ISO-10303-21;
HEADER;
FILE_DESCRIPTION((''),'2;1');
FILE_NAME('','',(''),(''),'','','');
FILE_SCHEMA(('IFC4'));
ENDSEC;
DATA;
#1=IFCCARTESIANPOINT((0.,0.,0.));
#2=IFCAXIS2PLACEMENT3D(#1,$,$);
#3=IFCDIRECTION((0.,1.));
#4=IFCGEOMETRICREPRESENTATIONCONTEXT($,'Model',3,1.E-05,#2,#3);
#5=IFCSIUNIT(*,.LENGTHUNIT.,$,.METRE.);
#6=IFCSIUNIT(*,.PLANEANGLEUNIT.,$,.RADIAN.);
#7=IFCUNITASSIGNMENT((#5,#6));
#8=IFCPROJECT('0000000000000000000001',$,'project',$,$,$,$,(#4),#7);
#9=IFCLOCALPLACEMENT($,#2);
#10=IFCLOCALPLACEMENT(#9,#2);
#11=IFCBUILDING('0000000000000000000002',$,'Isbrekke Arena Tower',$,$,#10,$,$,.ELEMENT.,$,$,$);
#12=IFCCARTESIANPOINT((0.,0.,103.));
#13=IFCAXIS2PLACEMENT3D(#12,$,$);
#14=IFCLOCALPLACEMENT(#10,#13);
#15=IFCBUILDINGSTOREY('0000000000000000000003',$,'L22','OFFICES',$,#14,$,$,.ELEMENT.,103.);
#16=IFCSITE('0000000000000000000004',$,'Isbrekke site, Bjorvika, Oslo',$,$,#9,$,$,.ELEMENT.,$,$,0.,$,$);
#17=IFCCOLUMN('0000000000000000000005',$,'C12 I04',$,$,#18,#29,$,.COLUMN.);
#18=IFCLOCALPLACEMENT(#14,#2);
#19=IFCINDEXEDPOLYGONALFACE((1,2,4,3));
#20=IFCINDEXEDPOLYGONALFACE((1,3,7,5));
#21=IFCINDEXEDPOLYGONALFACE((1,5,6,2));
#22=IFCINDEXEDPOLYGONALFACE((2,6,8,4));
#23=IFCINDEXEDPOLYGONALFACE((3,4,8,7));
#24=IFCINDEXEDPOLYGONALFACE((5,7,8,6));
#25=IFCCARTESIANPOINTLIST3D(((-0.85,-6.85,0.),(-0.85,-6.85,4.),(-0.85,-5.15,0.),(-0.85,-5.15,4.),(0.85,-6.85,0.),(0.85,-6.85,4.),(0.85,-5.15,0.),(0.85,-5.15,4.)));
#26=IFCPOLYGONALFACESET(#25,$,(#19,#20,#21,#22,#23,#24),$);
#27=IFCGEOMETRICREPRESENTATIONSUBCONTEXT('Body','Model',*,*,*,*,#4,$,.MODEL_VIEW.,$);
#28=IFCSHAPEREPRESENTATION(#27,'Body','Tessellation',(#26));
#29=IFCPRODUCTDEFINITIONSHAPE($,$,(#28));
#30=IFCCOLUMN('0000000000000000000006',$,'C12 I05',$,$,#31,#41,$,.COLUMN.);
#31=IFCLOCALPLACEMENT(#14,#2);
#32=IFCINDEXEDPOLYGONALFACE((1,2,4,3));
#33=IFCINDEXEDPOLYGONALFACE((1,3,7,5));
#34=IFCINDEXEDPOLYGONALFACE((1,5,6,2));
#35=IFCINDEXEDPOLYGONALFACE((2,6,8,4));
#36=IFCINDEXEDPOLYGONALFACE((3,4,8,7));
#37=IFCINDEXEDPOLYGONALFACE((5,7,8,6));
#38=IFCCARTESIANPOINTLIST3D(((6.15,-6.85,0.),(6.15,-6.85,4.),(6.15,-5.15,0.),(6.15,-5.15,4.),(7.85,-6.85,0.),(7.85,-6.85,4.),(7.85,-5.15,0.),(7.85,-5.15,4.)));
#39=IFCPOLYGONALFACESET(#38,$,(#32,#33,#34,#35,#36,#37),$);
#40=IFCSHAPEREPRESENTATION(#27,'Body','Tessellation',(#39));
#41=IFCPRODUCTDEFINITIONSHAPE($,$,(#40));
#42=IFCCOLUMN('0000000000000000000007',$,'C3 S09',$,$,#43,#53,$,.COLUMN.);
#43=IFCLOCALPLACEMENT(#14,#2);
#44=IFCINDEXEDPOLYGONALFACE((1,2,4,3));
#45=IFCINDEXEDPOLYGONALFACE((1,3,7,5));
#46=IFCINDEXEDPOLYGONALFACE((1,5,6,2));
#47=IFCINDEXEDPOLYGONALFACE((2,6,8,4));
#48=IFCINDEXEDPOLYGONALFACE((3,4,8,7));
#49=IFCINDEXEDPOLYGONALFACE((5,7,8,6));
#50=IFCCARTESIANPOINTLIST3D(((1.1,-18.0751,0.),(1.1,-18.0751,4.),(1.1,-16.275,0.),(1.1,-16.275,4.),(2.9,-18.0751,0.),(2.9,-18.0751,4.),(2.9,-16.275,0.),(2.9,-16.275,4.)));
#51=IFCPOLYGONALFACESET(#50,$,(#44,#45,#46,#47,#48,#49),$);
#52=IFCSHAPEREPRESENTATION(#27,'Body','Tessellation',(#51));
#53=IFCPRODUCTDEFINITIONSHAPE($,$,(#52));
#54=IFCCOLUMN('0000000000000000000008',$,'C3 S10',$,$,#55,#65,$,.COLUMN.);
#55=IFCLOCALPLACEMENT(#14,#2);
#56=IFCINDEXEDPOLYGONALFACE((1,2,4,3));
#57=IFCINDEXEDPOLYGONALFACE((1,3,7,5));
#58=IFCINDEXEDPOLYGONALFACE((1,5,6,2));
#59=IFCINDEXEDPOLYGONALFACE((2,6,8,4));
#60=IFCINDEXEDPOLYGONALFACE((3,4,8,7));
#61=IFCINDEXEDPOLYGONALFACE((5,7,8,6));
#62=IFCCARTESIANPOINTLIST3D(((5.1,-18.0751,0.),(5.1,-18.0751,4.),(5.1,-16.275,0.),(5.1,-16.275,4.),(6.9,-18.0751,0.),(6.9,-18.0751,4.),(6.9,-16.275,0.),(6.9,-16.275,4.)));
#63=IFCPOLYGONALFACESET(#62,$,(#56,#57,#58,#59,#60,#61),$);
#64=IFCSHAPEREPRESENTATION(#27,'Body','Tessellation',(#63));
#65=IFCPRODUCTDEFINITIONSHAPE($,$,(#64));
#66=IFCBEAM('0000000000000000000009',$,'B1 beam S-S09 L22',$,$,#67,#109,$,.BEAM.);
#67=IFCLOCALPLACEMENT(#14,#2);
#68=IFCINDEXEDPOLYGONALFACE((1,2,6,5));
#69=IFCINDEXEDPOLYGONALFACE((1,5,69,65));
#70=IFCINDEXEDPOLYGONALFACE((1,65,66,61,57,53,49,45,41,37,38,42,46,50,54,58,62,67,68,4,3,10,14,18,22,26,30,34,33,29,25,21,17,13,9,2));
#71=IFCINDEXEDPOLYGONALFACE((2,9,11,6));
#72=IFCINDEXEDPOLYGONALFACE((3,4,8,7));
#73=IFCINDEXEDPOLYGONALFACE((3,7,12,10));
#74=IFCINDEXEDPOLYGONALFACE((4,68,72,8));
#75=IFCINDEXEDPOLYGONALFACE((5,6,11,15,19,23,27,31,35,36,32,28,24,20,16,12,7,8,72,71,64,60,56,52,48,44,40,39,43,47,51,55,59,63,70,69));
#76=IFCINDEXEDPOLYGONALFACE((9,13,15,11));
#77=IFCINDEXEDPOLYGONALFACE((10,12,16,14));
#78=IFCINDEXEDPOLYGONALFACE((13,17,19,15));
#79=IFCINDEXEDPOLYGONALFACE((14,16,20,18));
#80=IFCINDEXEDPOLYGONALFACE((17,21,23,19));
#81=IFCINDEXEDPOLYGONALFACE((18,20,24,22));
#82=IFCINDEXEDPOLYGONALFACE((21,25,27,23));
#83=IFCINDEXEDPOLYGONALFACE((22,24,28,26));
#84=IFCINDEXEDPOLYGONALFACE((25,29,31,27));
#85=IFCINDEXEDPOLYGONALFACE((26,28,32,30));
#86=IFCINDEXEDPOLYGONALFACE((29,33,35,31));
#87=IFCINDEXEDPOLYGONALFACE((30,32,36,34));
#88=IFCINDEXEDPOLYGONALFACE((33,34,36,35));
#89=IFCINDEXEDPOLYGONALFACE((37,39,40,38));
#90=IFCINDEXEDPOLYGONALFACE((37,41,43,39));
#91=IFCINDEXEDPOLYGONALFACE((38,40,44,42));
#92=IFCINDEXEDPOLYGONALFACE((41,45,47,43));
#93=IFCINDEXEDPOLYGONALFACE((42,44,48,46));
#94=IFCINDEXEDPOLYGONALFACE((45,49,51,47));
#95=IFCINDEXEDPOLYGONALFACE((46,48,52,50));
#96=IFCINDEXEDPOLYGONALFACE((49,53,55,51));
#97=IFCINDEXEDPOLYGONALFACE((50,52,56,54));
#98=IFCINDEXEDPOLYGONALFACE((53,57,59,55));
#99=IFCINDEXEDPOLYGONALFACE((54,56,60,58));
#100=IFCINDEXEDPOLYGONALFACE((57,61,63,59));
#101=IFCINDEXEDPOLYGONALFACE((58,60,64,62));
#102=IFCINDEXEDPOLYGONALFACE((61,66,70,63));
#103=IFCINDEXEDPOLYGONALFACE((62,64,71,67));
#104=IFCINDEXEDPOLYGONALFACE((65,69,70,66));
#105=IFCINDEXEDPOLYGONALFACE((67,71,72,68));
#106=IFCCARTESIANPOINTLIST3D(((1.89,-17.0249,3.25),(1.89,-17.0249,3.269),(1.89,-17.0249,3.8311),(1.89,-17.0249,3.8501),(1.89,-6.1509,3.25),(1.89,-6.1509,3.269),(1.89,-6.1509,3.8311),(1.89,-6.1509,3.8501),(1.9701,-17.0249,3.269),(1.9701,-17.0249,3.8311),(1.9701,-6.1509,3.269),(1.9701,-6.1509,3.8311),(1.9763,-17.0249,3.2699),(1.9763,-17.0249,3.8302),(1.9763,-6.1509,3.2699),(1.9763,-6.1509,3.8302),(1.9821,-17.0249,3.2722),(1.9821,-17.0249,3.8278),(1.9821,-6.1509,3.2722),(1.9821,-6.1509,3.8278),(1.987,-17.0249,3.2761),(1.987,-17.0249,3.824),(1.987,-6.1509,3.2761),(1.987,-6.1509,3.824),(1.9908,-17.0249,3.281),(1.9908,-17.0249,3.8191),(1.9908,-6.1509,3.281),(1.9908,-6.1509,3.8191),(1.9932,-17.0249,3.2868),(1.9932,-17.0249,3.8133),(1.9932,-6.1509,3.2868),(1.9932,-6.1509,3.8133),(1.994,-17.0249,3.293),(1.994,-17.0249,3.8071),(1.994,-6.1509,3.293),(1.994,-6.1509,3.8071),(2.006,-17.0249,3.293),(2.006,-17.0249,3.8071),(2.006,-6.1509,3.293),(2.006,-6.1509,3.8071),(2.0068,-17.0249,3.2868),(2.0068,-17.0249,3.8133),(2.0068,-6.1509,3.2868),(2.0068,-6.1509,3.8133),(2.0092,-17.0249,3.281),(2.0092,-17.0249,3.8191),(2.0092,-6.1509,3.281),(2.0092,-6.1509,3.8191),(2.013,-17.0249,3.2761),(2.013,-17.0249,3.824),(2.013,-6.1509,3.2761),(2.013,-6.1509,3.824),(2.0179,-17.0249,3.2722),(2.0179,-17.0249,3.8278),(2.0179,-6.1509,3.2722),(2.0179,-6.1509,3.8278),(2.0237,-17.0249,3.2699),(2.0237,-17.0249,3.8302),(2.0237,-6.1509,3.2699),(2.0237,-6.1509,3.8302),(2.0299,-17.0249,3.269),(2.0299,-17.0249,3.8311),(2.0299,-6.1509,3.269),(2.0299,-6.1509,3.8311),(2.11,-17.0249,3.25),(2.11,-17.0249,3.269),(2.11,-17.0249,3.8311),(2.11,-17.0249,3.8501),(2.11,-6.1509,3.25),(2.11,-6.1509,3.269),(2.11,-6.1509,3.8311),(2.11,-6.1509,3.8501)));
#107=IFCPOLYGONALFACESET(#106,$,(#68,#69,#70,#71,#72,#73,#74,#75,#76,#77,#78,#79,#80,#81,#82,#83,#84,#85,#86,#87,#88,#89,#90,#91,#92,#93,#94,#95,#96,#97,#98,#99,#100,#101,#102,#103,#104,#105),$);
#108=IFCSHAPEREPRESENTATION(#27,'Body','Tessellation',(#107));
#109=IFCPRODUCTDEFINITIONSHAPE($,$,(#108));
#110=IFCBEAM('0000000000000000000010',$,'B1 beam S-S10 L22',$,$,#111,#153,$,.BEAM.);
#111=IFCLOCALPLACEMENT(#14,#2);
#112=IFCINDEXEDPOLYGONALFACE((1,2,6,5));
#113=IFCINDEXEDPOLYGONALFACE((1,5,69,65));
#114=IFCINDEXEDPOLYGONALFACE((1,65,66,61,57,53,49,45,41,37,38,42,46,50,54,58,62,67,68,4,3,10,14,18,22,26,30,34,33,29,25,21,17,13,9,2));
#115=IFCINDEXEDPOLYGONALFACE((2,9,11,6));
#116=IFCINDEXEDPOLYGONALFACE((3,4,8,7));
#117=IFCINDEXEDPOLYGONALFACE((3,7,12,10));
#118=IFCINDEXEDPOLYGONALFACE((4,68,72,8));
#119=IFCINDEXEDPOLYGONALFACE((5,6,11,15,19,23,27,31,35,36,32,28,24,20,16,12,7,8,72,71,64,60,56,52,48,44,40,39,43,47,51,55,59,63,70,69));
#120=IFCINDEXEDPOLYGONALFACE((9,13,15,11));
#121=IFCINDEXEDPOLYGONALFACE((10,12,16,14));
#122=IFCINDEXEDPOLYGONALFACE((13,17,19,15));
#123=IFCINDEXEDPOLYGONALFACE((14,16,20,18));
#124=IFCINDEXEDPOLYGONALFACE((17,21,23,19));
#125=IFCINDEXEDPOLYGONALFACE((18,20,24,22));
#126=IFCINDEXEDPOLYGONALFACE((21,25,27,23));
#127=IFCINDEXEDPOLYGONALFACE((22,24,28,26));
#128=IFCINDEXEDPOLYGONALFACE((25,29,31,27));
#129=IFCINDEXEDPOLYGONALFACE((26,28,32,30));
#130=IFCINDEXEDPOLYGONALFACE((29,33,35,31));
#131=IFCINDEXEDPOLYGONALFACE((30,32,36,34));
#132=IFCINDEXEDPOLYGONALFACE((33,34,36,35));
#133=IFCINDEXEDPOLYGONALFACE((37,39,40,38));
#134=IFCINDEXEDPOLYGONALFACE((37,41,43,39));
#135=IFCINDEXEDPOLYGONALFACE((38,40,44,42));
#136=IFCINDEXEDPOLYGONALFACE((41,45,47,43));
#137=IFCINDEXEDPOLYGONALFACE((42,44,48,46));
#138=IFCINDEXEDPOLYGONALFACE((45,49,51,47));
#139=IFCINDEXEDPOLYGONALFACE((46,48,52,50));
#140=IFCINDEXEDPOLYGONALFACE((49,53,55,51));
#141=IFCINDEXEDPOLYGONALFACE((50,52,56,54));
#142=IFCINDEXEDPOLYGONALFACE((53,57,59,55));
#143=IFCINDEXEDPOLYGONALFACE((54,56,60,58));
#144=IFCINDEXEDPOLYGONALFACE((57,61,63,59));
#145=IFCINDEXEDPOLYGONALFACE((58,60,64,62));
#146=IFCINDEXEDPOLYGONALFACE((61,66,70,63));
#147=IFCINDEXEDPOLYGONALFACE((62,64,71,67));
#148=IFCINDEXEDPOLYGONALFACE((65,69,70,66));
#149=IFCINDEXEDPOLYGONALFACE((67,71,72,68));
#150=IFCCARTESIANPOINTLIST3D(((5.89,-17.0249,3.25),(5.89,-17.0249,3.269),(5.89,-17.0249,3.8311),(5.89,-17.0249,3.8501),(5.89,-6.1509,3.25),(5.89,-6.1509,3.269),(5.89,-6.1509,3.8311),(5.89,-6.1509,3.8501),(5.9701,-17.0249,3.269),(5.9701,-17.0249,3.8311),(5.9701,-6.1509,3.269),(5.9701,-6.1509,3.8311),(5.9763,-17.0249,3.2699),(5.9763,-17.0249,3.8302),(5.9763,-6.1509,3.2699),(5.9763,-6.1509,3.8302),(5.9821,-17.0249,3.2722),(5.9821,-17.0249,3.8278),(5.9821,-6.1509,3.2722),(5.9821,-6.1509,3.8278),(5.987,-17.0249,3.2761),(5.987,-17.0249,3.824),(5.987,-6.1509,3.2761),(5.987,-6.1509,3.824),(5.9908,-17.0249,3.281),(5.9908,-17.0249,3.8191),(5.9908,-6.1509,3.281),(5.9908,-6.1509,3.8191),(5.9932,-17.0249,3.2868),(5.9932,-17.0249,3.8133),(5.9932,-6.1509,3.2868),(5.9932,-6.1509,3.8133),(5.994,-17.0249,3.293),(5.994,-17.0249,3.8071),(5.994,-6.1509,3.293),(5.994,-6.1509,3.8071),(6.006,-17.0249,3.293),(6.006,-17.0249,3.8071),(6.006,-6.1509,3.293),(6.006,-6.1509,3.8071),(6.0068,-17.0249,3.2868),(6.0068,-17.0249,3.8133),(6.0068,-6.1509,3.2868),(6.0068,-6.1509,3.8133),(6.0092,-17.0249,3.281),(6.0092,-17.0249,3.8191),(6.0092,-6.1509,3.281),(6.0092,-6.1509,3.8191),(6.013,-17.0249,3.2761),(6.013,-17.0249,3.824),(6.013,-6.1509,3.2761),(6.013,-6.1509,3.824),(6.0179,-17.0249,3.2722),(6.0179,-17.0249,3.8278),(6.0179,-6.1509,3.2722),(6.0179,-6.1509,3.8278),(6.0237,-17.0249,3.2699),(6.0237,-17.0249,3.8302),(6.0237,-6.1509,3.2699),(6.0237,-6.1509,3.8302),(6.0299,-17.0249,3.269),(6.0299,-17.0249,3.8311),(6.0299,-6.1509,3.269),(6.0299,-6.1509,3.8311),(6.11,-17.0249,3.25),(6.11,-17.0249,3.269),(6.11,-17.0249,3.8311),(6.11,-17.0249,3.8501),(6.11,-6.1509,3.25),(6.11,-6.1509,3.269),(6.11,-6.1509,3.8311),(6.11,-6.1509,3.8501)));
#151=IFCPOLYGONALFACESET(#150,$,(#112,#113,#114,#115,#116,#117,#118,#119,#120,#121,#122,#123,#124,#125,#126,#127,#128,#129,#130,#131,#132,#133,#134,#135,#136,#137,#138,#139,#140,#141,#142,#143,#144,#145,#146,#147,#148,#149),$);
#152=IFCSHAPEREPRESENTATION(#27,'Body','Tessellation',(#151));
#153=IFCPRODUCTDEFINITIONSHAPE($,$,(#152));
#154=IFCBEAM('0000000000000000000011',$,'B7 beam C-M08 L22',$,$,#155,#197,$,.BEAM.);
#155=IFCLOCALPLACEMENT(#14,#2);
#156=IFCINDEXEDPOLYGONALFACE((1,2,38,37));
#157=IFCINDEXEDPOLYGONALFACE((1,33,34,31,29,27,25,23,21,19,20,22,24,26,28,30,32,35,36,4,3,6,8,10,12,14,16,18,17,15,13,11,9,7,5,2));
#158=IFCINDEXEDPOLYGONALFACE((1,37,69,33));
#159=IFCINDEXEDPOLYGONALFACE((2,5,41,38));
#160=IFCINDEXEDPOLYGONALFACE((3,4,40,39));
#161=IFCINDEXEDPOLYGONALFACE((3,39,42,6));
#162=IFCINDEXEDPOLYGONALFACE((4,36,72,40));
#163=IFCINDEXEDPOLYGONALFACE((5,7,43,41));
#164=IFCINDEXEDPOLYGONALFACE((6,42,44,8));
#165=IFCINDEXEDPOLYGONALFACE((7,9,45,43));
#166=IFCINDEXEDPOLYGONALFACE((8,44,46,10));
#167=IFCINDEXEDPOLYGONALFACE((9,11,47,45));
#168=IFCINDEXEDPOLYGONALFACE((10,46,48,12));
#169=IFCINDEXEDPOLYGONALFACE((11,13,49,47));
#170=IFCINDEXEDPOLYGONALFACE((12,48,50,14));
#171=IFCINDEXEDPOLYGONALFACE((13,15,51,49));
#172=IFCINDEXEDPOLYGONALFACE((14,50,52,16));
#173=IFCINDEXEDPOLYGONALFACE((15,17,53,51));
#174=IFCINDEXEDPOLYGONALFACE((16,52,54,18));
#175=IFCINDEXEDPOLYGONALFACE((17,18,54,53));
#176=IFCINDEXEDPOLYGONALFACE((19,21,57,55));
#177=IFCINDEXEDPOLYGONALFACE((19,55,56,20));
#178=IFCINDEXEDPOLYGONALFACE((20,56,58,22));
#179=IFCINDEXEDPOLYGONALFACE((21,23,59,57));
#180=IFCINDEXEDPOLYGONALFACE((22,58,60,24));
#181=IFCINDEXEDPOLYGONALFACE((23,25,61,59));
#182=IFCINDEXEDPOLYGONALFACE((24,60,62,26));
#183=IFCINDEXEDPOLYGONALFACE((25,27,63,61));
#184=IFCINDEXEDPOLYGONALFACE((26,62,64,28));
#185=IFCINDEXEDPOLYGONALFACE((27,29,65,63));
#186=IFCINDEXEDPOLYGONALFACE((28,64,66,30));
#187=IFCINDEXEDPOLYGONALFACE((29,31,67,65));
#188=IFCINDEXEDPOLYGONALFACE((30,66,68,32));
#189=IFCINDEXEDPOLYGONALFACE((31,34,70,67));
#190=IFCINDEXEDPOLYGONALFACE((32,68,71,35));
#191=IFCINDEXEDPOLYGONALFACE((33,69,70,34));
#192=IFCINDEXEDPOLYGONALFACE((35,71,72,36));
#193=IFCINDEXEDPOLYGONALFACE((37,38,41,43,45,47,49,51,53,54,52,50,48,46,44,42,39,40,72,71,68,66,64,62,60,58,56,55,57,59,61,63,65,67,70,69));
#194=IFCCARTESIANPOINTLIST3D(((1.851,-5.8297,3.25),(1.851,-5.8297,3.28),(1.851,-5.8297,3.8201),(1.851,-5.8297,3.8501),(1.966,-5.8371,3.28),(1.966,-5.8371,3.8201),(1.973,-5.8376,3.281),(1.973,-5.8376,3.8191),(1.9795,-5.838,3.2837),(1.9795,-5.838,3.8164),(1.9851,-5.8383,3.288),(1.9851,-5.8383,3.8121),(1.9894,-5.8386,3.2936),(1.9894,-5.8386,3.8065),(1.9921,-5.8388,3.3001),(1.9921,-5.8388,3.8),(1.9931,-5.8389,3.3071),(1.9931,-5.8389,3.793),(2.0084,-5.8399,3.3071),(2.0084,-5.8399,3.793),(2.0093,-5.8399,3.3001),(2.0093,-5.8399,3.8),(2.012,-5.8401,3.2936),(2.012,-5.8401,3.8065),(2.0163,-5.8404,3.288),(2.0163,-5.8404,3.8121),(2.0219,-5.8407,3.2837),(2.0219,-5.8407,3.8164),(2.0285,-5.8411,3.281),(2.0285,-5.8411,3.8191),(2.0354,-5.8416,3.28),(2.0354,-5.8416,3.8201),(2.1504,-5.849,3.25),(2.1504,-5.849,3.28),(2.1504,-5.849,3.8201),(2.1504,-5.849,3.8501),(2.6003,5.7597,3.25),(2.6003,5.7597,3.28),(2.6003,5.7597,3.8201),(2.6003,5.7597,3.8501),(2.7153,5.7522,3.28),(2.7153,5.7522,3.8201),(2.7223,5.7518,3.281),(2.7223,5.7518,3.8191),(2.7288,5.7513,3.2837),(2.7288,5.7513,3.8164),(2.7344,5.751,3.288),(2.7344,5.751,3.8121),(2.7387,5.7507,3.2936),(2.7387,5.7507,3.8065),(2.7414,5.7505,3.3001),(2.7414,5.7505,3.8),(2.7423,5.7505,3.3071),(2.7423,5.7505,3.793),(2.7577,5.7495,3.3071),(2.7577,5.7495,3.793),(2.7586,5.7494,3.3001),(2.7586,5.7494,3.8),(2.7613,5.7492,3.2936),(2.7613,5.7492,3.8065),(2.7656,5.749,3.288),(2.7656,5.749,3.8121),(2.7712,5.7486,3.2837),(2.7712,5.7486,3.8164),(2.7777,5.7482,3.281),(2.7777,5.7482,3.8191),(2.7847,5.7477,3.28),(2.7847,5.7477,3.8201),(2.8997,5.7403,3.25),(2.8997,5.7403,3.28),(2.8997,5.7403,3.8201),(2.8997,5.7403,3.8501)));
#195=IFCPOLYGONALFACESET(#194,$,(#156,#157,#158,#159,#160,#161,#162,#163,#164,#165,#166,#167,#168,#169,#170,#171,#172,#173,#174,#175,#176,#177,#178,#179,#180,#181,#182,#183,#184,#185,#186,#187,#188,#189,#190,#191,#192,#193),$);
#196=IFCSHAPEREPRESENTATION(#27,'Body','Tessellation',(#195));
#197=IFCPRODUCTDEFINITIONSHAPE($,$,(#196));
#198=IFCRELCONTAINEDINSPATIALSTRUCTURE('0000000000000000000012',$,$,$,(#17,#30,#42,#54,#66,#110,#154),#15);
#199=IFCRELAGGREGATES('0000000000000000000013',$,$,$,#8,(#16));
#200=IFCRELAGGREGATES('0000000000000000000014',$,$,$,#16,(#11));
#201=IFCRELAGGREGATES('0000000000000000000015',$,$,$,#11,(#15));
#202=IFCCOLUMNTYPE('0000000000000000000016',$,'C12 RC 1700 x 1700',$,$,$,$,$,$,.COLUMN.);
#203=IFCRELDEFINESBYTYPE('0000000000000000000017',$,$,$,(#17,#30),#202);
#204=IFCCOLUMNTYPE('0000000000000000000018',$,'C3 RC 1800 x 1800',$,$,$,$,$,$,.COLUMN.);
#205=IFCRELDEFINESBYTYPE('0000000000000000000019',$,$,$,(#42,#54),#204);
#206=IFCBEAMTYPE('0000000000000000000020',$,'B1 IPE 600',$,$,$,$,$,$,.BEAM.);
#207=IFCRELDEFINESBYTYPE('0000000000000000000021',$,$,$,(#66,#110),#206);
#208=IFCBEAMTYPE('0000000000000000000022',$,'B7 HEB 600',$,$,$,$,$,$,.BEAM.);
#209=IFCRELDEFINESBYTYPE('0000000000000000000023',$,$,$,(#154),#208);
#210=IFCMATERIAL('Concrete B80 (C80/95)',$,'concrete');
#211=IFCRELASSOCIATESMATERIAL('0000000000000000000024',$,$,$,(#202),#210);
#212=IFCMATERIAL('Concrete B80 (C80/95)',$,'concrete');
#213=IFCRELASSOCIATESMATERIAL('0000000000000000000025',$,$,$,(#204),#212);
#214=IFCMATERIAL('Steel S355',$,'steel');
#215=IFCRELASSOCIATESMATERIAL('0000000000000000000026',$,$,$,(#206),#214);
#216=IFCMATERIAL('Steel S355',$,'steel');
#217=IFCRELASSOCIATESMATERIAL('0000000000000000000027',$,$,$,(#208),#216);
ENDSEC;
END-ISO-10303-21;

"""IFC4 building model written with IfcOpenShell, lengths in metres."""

from ifc_helpers import new_model, si_unit, direction, frame, origin, origin_2d, place, context, subcontext, project, spatial, rectangle, i_section, extrude, material, material_profile, profile_set, type_object, element, save


model = new_model("IFC4")

# Units and contexts
model_context = context("Model", 3, precision=1e-05, world=origin(), true_north=direction((0.0, 1.0)))
body_context = subcontext(model_context, "Body", "Model", "MODEL_VIEW")
ifc_project = project(units=[si_unit("LENGTHUNIT", "METRE"), si_unit("PLANEANGLEUNIT", "RADIAN")], contexts=[model_context])

# Site, building, storey
site_placement = place(None, origin())
site = spatial("IfcSite", under=ifc_project, at=site_placement, Name="Isbrekke site, Bjorvika, Oslo", CompositionType="ELEMENT", RefElevation=0.0)
building_placement = place(site_placement, origin())
building = spatial("IfcBuilding", under=site, at=building_placement, Name="Isbrekke Arena Tower", CompositionType="ELEMENT")
storey_placement = place(building_placement, frame((0.0, 0.0, 103.0)))
storey = spatial("IfcBuildingStorey", under=building, at=storey_placement, Name="L22", Description="OFFICES", CompositionType="ELEMENT", Elevation=103.0)

# Columns
ifc_material_1 = material(Name="Concrete B80 (C80/95)", Category="concrete")
ifc_material_profile_1 = material_profile(ifc_material_1, rectangle(XDim=1.7, YDim=1.7, at=origin_2d()), Name="RC 1700x1700")
ifc_profile_set_1 = profile_set([ifc_material_profile_1], Name="Concrete B80 (C80/95)")
column_type_1 = type_object("IfcColumnType", Name="C12 RC 1700 x 1700", PredefinedType="COLUMN", material=ifc_profile_set_1)
for number, where, z_axis, x_axis, name in (
    (1, (0.0, -6.0, 0.0), (0.0, 0.0, 1.0), (1.0, 0.0, 0.0), "C12 I04"),
    (2, (7.0, -6.0, 0.0), (0.0, 0.0, 1.0), (1.0, 0.0, 0.0), "C12 I05"),
):
    element("IfcColumn", number, at=place(storey_placement, frame(where, z_axis=z_axis, x_axis=x_axis)), inside=storey, type_object=column_type_1, Name=name, PredefinedType="COLUMN", context=body_context, shape_type="SweptSolid", body=[
        extrude(rectangle(XDim=1.7, YDim=1.7, at=origin_2d()), origin(), (0.0, 0.0, 1.0), 4.0),
    ])
ifc_material_2 = material(Name="Concrete B80 (C80/95)", Category="concrete")
ifc_material_profile_2 = material_profile(ifc_material_2, rectangle(XDim=1.8, YDim=1.8, at=origin_2d()), Name="RC 1800x1800")
ifc_profile_set_2 = profile_set([ifc_material_profile_2], Name="Concrete B80 (C80/95)")
column_type_2 = type_object("IfcColumnType", Name="C3 RC 1800 x 1800", PredefinedType="COLUMN", material=ifc_profile_set_2)
for number, where, z_axis, x_axis, name in (
    (3, (2.0, -17.175, 0.0), (0.0, 0.0, 1.0), (1.0, 0.0, 0.0), "C3 S09"),
    (4, (6.0, -17.175, 0.0), (0.0, 0.0, 1.0), (1.0, 0.0, 0.0), "C3 S10"),
):
    element("IfcColumn", number, at=place(storey_placement, frame(where, z_axis=z_axis, x_axis=x_axis)), inside=storey, type_object=column_type_2, Name=name, PredefinedType="COLUMN", context=body_context, shape_type="SweptSolid", body=[
        extrude(rectangle(XDim=1.8, YDim=1.8, at=origin_2d()), origin(), (0.0, 0.0, 1.0), 4.0),
    ])

# Beams
ifc_material_3 = material(Name="Steel S355", Category="steel")
ifc_material_profile_3 = material_profile(ifc_material_3, i_section(OverallWidth=0.22, OverallDepth=0.6001, WebThickness=0.012, FlangeThickness=0.019, FilletRadius=0.0239, at=origin_2d()), Name="IPE 600")
ifc_profile_set_3 = profile_set([ifc_material_profile_3], Name="Steel S355")
beam_type_1 = type_object("IfcBeamType", Name="B1 IPE 600", PredefinedType="BEAM", material=ifc_profile_set_3)
for number, where, z_axis, x_axis, name in (
    (5, (2.0, -17.0249, 3.55), (0.0, 1.0, 0.0), (-1.0, 0.0, 0.0), "B1 beam S-S09 L22"),
    (6, (6.0, -17.0249, 3.55), (0.0, 1.0, 0.0), (-1.0, 0.0, 0.0), "B1 beam S-S10 L22"),
):
    element("IfcBeam", number, at=place(storey_placement, frame(where, z_axis=z_axis, x_axis=x_axis)), inside=storey, type_object=beam_type_1, Name=name, PredefinedType="BEAM", context=body_context, shape_type="SweptSolid", body=[
        extrude(i_section(OverallWidth=0.22, OverallDepth=0.6001, WebThickness=0.012, FlangeThickness=0.019, FilletRadius=0.0239, at=origin_2d()), origin(), (0.0, 0.0, 1.0), 10.874),
    ])
ifc_material_4 = material(Name="Steel S355", Category="steel")
ifc_material_profile_4 = material_profile(ifc_material_4, i_section(OverallWidth=0.3, OverallDepth=0.6001, WebThickness=0.0154, FlangeThickness=0.03, FilletRadius=0.0271, at=origin_2d()), Name="HEB 600")
ifc_profile_set_4 = profile_set([ifc_material_profile_4], Name="Steel S355")
beam_type_2 = type_object("IfcBeamType", Name="B7 HEB 600", PredefinedType="BEAM", material=ifc_profile_set_4)
beam_1_placement = place(storey_placement, frame((2.0007, -5.8394, 3.55), z_axis=(0.064517, 0.997917, 0.0), x_axis=(-0.997917, 0.064517, 0.0)))
element("IfcBeam", 7, at=beam_1_placement, inside=storey, type_object=beam_type_2, Name="B7 beam C-M08 L22", PredefinedType="BEAM", context=body_context, shape_type="SweptSolid", body=[
    extrude(i_section(OverallWidth=0.3, OverallDepth=0.6001, WebThickness=0.0154, FlangeThickness=0.03, FilletRadius=0.0271, at=origin_2d()), origin(), (0.0, 0.0, 1.0), 11.6135),
])

save(model, "model.ifc")
